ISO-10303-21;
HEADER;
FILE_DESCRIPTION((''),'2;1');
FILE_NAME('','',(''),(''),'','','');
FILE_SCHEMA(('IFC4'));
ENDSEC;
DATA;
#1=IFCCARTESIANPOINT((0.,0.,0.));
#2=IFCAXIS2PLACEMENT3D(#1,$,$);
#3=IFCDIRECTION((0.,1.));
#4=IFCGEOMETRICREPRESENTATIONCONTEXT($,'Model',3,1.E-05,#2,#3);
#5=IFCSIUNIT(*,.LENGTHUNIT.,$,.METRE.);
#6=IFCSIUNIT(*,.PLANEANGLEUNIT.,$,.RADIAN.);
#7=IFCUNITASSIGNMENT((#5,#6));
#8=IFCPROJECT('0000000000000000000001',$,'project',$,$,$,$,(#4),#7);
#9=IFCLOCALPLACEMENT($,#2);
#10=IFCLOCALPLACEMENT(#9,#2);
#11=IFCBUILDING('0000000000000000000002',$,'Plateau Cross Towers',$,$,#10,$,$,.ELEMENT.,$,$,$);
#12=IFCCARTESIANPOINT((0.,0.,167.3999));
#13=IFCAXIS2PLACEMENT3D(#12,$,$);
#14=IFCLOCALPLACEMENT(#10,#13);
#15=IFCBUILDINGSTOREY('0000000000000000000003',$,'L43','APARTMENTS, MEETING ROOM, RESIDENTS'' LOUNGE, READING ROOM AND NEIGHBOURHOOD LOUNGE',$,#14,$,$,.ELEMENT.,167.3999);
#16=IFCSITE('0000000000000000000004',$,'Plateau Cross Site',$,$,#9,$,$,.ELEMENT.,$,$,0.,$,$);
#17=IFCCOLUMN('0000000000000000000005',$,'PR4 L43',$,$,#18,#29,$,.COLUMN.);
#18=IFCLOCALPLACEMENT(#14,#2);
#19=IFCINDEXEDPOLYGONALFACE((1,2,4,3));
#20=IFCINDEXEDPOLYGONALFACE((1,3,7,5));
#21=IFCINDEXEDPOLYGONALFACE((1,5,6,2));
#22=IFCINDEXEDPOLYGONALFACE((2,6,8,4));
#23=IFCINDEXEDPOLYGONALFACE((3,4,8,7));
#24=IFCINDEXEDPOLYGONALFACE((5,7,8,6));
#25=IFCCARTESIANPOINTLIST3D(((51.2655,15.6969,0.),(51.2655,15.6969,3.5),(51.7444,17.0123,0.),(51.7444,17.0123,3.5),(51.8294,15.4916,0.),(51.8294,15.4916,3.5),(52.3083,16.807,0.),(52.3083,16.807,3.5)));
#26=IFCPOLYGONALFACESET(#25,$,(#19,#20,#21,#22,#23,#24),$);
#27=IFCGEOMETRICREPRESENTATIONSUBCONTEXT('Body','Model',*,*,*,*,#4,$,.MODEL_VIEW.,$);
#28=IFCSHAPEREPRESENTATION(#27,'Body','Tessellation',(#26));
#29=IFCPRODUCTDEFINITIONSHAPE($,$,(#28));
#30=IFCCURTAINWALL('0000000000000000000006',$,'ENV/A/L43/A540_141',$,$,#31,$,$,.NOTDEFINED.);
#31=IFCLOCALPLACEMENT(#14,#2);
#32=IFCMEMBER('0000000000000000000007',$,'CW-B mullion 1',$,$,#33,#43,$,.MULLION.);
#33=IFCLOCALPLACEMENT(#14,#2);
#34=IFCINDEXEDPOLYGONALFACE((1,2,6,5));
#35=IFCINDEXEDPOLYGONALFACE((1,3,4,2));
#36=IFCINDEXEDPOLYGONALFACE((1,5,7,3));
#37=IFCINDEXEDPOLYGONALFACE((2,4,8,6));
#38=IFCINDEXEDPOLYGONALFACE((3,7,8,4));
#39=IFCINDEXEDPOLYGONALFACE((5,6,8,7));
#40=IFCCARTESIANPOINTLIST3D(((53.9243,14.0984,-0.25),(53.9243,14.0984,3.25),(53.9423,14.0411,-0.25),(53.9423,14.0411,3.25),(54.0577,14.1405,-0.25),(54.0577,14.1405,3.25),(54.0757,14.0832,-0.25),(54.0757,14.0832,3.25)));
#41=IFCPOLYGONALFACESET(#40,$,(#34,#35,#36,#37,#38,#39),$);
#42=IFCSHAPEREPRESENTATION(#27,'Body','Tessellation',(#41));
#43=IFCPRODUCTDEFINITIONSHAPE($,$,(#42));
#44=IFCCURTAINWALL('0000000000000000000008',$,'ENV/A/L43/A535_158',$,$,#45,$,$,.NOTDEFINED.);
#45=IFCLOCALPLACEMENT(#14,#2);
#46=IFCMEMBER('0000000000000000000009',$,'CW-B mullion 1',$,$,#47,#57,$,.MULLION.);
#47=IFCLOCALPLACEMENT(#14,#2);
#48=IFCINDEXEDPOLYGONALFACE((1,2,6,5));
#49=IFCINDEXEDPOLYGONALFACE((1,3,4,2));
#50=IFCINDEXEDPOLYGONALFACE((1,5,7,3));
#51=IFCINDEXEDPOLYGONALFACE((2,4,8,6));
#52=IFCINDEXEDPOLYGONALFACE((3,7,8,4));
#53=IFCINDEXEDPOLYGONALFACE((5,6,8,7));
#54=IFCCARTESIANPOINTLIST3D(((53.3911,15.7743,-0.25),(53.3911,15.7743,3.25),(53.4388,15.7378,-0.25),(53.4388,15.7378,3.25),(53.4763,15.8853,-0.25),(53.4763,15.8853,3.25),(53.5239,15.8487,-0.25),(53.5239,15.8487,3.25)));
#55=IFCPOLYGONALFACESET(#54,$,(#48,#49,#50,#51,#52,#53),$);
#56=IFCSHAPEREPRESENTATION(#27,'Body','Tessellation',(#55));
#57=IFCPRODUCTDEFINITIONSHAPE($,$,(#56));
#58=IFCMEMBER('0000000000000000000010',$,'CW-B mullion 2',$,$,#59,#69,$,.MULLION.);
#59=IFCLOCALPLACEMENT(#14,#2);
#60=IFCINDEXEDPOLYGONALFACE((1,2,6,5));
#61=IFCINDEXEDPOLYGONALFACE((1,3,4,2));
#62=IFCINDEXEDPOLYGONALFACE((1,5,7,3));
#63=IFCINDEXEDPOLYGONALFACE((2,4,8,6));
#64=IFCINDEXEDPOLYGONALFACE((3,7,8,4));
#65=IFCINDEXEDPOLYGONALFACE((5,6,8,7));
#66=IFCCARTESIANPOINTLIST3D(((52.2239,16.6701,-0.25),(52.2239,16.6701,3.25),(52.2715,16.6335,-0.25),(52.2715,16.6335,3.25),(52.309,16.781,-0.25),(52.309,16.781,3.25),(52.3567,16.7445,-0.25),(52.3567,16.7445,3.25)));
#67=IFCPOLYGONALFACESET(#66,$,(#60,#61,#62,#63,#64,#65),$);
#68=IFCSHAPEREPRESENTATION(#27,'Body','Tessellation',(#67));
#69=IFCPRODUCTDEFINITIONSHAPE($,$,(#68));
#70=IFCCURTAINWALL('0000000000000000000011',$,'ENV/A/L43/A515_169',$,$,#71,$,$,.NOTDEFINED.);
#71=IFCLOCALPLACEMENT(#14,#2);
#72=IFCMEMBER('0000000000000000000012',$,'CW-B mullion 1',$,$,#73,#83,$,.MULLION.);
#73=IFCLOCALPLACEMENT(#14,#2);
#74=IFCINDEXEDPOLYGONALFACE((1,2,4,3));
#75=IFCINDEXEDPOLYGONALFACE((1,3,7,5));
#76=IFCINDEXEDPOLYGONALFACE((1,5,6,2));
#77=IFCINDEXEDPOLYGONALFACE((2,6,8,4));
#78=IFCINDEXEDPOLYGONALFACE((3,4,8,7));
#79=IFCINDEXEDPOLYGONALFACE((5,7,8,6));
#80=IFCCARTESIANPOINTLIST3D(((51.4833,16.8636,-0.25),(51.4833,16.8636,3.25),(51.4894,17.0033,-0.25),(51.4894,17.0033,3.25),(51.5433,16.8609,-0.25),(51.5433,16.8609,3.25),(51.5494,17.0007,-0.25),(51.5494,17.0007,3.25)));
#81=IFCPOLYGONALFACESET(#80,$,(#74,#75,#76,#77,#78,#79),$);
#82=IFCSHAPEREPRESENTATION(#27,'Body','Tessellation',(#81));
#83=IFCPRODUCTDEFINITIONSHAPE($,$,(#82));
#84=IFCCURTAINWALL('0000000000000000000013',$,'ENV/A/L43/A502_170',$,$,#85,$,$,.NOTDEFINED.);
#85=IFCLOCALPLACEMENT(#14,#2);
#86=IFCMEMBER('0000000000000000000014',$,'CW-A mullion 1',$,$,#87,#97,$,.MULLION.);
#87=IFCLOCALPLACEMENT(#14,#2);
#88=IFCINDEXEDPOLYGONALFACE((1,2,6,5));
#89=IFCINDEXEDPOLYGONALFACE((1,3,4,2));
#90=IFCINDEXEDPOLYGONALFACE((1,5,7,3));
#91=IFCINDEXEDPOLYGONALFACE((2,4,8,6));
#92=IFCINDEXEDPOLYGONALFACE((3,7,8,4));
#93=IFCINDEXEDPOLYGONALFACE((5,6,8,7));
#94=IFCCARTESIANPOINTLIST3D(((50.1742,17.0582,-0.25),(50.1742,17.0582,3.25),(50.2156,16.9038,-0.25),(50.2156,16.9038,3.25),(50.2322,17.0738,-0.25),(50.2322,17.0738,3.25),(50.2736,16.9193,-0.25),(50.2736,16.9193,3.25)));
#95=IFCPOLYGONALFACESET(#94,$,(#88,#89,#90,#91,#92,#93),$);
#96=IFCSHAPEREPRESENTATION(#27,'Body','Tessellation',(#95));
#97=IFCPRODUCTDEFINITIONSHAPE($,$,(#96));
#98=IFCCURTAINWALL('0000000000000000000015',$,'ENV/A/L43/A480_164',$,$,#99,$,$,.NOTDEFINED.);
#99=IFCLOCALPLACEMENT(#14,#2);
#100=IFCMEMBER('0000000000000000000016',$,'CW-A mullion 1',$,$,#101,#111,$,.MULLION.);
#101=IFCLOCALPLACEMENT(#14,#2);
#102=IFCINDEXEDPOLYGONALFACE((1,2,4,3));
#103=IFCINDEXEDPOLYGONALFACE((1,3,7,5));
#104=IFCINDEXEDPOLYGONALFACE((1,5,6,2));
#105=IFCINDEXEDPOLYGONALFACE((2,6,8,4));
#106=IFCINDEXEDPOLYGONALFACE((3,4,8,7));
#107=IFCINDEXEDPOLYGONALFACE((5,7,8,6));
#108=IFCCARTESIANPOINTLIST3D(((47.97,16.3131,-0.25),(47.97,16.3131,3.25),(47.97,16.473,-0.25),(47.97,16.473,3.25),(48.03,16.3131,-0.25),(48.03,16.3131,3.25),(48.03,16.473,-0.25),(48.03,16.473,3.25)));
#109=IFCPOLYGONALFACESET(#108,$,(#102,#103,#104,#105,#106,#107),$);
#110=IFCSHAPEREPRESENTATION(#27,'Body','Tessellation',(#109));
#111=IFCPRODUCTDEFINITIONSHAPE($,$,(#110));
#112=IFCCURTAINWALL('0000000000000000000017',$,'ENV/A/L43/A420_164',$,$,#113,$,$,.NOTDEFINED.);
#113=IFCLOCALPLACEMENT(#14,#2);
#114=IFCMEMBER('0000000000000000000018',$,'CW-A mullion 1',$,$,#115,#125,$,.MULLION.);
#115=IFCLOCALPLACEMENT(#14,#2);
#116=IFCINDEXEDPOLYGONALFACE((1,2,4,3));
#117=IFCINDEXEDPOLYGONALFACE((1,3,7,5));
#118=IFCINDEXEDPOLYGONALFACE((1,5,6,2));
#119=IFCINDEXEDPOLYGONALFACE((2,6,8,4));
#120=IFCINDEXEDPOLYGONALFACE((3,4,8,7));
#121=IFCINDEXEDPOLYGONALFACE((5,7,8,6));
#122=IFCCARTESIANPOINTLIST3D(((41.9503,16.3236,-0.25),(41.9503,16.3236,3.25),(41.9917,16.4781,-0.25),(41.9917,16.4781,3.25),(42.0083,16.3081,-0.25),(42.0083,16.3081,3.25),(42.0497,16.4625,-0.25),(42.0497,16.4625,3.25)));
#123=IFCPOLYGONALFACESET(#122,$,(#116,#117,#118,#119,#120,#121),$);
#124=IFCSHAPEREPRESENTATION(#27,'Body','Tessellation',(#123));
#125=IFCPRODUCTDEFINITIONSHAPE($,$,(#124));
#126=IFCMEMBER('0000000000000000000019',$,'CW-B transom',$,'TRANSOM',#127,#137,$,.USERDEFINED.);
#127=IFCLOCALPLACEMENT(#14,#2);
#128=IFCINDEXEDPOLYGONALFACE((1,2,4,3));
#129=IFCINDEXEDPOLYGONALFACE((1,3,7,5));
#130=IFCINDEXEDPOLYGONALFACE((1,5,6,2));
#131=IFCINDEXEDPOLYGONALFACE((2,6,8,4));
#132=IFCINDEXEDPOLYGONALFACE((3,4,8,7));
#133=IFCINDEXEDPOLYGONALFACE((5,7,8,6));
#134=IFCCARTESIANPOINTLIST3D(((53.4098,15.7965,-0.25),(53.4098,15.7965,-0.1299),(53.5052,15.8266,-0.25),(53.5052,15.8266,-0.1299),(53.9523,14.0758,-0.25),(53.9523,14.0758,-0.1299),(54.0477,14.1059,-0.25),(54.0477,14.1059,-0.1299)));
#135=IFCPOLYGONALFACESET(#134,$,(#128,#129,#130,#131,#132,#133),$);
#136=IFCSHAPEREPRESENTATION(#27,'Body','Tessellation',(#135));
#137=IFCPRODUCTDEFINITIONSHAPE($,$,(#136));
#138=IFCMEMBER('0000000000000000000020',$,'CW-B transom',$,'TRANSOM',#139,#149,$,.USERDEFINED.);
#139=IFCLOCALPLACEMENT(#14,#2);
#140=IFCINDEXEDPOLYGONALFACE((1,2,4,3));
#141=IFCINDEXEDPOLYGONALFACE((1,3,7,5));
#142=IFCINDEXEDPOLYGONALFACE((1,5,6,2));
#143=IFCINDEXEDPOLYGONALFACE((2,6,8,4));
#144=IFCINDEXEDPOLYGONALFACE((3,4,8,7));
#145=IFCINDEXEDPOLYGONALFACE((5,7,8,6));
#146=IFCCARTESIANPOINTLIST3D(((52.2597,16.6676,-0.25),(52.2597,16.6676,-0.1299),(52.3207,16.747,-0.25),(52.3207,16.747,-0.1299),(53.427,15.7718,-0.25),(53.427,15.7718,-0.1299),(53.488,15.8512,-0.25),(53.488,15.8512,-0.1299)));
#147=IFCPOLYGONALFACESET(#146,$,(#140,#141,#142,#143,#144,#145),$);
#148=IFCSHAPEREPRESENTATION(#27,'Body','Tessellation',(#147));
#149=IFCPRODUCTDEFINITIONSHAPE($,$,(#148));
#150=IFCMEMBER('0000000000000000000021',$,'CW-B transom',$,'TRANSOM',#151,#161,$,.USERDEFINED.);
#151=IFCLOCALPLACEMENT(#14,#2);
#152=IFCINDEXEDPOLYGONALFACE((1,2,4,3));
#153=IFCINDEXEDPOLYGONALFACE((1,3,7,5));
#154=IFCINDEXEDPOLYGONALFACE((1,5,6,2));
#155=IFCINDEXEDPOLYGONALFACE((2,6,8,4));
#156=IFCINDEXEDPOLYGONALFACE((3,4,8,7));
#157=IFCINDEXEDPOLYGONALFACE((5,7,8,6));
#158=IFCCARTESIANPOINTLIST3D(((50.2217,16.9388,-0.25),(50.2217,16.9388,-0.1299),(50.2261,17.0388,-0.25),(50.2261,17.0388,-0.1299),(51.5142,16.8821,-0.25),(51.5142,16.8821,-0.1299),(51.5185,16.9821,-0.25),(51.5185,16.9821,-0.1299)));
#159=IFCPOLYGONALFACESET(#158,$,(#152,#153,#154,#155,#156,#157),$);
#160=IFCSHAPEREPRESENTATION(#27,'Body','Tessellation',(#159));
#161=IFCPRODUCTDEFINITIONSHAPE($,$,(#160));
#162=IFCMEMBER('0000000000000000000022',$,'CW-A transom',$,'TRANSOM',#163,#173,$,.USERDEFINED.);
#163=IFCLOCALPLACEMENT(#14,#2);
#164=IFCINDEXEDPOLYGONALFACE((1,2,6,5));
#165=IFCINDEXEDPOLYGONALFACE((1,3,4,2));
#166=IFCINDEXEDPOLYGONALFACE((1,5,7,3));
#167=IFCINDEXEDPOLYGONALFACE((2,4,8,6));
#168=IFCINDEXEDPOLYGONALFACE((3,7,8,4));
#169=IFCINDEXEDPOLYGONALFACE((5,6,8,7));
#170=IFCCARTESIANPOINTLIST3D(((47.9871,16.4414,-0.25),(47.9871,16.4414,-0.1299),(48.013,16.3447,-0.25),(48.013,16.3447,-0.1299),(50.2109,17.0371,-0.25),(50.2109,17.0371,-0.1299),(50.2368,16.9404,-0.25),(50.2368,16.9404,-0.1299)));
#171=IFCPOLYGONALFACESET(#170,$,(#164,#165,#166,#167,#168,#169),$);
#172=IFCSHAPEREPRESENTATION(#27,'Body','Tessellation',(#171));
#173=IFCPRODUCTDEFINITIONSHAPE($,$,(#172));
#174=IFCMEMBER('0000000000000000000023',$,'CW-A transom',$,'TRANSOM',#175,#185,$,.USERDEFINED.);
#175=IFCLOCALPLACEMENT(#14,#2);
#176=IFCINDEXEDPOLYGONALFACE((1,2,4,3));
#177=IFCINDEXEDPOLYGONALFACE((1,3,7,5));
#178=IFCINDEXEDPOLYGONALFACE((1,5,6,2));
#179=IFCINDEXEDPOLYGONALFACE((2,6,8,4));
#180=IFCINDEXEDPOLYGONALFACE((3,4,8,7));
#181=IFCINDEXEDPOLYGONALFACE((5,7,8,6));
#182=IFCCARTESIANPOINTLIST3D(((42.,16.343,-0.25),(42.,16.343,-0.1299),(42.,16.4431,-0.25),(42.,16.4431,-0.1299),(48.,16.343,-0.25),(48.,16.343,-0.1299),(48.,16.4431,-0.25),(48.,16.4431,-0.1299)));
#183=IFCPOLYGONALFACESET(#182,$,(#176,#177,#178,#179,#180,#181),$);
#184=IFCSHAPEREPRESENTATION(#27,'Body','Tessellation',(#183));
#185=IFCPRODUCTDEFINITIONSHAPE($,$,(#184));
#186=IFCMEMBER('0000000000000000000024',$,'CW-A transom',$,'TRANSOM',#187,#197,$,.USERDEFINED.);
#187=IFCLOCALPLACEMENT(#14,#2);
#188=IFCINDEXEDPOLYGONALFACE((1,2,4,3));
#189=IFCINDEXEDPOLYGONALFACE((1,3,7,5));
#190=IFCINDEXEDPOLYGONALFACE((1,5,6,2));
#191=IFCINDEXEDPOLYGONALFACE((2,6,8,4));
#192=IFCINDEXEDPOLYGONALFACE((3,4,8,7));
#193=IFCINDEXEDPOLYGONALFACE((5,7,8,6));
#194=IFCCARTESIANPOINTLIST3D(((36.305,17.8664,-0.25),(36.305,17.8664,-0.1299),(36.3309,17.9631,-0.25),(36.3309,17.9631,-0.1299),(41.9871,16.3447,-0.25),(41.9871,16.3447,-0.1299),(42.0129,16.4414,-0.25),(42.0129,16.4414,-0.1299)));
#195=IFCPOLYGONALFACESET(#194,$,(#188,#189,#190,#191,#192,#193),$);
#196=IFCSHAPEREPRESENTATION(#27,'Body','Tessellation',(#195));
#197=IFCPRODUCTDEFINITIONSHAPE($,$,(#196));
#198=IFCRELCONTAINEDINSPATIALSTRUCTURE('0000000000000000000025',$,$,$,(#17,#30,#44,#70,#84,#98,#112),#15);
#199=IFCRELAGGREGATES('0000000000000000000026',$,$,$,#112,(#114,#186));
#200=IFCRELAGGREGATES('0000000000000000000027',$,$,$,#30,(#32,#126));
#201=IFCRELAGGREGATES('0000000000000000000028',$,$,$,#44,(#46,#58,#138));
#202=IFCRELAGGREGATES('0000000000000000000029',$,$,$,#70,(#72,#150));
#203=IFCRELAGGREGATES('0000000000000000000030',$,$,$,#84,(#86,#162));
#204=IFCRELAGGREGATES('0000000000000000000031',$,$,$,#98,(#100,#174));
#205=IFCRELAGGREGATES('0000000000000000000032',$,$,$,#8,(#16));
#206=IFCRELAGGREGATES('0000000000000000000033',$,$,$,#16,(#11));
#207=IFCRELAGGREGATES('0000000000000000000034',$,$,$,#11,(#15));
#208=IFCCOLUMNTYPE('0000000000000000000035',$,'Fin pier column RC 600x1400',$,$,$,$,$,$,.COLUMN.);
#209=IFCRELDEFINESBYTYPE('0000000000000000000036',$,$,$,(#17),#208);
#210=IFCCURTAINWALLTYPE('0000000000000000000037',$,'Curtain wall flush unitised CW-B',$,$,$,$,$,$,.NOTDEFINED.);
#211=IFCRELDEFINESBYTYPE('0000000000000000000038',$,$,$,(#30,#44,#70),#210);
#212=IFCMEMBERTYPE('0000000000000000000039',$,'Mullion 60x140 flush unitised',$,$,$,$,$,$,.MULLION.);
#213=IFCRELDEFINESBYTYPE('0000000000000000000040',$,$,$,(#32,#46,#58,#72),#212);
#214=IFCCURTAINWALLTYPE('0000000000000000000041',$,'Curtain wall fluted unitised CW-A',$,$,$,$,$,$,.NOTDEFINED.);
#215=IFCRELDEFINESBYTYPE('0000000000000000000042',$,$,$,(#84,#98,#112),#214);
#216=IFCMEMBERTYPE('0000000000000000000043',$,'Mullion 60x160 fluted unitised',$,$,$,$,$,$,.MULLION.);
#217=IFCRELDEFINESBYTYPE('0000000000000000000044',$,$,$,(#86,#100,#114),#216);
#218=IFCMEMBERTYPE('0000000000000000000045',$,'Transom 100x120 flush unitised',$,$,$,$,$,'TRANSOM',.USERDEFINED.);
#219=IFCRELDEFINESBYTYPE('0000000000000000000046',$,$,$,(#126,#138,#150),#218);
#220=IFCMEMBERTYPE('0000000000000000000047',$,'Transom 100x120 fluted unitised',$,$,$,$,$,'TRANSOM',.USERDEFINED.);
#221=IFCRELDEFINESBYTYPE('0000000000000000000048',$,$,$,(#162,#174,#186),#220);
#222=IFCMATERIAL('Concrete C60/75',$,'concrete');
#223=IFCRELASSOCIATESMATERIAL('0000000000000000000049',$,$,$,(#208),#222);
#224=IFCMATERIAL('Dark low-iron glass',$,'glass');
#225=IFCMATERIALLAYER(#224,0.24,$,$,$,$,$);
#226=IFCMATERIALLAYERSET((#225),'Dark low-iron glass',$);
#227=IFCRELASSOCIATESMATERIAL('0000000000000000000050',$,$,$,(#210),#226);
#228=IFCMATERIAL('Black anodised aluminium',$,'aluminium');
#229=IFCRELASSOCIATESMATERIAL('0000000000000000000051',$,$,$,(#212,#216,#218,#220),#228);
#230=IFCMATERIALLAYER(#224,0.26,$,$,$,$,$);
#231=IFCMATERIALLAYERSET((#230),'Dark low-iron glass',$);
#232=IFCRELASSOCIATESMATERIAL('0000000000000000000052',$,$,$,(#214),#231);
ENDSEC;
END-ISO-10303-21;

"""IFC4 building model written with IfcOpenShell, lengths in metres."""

from ifc_helpers import new_model, si_unit, direction, frame, origin, origin_2d, place, context, subcontext, project, spatial, rectangle, extrude, material, layer, layer_set, material_profile, profile_set, type_object, element, aggregate, save


model = new_model("IFC4")

# Units and contexts
model_context = context("Model", 3, precision=1e-05, world=origin(), true_north=direction((0.0, 1.0)))
body_context = subcontext(model_context, "Body", "Model", "MODEL_VIEW")
ifc_project = project(units=[si_unit("LENGTHUNIT", "METRE"), si_unit("PLANEANGLEUNIT", "RADIAN")], contexts=[model_context])

# Site, building, storey
site_placement = place(None, origin())
site = spatial("IfcSite", under=ifc_project, at=site_placement, Name="Plateau Cross Site", CompositionType="ELEMENT", RefElevation=0.0)
building_placement = place(site_placement, origin())
building = spatial("IfcBuilding", under=site, at=building_placement, Name="Plateau Cross Towers", CompositionType="ELEMENT")
storey_placement = place(building_placement, frame((0.0, 0.0, 167.3999)))
storey = spatial("IfcBuildingStorey", under=building, at=storey_placement, Name="L43", Description="APARTMENTS, MEETING ROOM, RESIDENTS' LOUNGE, READING ROOM AND NEIGHBOURHOOD LOUNGE", CompositionType="ELEMENT", Elevation=167.3999)

# Column
ifc_material_1 = material(Name="Concrete C60/75", Category="concrete")
ifc_material_profile_1 = material_profile(ifc_material_1, rectangle(XDim=0.6001, YDim=1.3999, at=origin_2d()), Name="RC 600x1400")
ifc_profile_set_1 = profile_set([ifc_material_profile_1], Name="Concrete C60/75")
column_type = type_object("IfcColumnType", Name="Fin pier column RC 600x1400", PredefinedType="COLUMN", material=ifc_profile_set_1)
column_placement = place(storey_placement, frame((51.7869, 16.252, 0.0), z_axis=(0.0, 0.0, 1.0), x_axis=(-0.939664, 0.342098, 0.0)))
element("IfcColumn", 1, at=column_placement, inside=storey, type_object=column_type, Name="PR4 L43", PredefinedType="COLUMN", context=body_context, shape_type="SweptSolid", body=[
    extrude(rectangle(XDim=0.6001, YDim=1.3999, at=origin_2d()), origin(), (0.0, 0.0, 1.0), 3.5),
])

# Curtain wall, member
ifc_material_2 = material(Name="Dark low-iron glass", Category="glass")
ifc_layer_1 = layer(ifc_material_2, 0.24)
ifc_layer_set_1 = layer_set([ifc_layer_1], Name="Dark low-iron glass")
curtain_wall_type_1 = type_object("IfcCurtainWallType", Name="Curtain wall flush unitised CW-B", PredefinedType="NOTDEFINED", material=ifc_layer_set_1)
curtain_wall_1_placement = place(storey_placement, origin())
curtain_wall_1 = element("IfcCurtainWall", 2, at=curtain_wall_1_placement, inside=storey, type_object=curtain_wall_type_1, Name="ENV/A/L43/A540_141", PredefinedType="NOTDEFINED")
ifc_material_3 = material(Name="Black anodised aluminium", Category="aluminium")
ifc_material_profile_2 = material_profile(ifc_material_3, rectangle(XDim=0.0601, YDim=0.1399, at=origin_2d()), Name="MULLION 60x140")
ifc_profile_set_2 = profile_set([ifc_material_profile_2], Name="Black anodised aluminium")
member_type_1 = type_object("IfcMemberType", Name="Mullion 60x140 flush unitised", PredefinedType="MULLION", material=ifc_profile_set_2)
member_1_placement = place(storey_placement, frame((54.0, 14.0908, -0.25), z_axis=(0.0, 0.0, 1.0), x_axis=(-0.300686, 0.953723, 0.0)))
member_1 = element("IfcMember", 3, at=member_1_placement, type_object=member_type_1, Name="CW-B mullion 1", PredefinedType="MULLION", context=body_context, shape_type="SweptSolid", body=[
    extrude(rectangle(XDim=0.0601, YDim=0.1399, at=origin_2d()), origin(), (0.0, 0.0, 1.0), 3.5),
])

# Curtain wall, members
curtain_wall_2_placement = place(storey_placement, origin())
curtain_wall_2 = element("IfcCurtainWall", 4, at=curtain_wall_2_placement, inside=storey, type_object=curtain_wall_type_1, Name="ENV/A/L43/A535_158", PredefinedType="NOTDEFINED")
member_2_placement = place(storey_placement, frame((53.4575, 15.8115, -0.25), z_axis=(0.0, 0.0, 1.0), x_axis=(-0.793316, 0.608811, 0.0)))
member_2 = element("IfcMember", 5, at=member_2_placement, type_object=member_type_1, Name="CW-B mullion 1", PredefinedType="MULLION", context=body_context, shape_type="SweptSolid", body=[
    extrude(rectangle(XDim=0.0601, YDim=0.1399, at=origin_2d()), origin(), (0.0, 0.0, 1.0), 3.5),
])
member_3_placement = place(storey_placement, frame((52.2903, 16.7073, -0.25), z_axis=(0.0, 0.0, 1.0), x_axis=(-0.793316, 0.608811, 0.0)))
member_3 = element("IfcMember", 6, at=member_3_placement, type_object=member_type_1, Name="CW-B mullion 2", PredefinedType="MULLION", context=body_context, shape_type="SweptSolid", body=[
    extrude(rectangle(XDim=0.0601, YDim=0.1399, at=origin_2d()), origin(), (0.0, 0.0, 1.0), 3.5),
])

# Curtain walls, members
curtain_wall_3_placement = place(storey_placement, origin())
curtain_wall_3 = element("IfcCurtainWall", 7, at=curtain_wall_3_placement, inside=storey, type_object=curtain_wall_type_1, Name="ENV/A/L43/A515_169", PredefinedType="NOTDEFINED")
member_4_placement = place(storey_placement, frame((51.5164, 16.9321, -0.25), z_axis=(0.0, 0.0, 1.0), x_axis=(-0.999044, 0.043723, 0.0)))
member_4 = element("IfcMember", 8, at=member_4_placement, type_object=member_type_1, Name="CW-B mullion 1", PredefinedType="MULLION", context=body_context, shape_type="SweptSolid", body=[
    extrude(rectangle(XDim=0.0601, YDim=0.1399, at=origin_2d()), origin(), (0.0, 0.0, 1.0), 3.5),
])
ifc_layer_2 = layer(ifc_material_2, 0.26)
ifc_layer_set_2 = layer_set([ifc_layer_2], Name="Dark low-iron glass")
curtain_wall_type_2 = type_object("IfcCurtainWallType", Name="Curtain wall fluted unitised CW-A", PredefinedType="NOTDEFINED", material=ifc_layer_set_2)
curtain_wall_4_placement = place(storey_placement, origin())
curtain_wall_4 = element("IfcCurtainWall", 9, at=curtain_wall_4_placement, inside=storey, type_object=curtain_wall_type_2, Name="ENV/A/L43/A502_170", PredefinedType="NOTDEFINED")
ifc_material_profile_3 = material_profile(ifc_material_3, rectangle(XDim=0.0601, YDim=0.1599, at=origin_2d()), Name="MULLION 60x160")
ifc_profile_set_3 = profile_set([ifc_material_profile_3], Name="Black anodised aluminium")
member_type_2 = type_object("IfcMemberType", Name="Mullion 60x160 fluted unitised", PredefinedType="MULLION", material=ifc_profile_set_3)
member_5_placement = place(storey_placement, frame((50.2239, 16.9888, -0.25), z_axis=(0.0, 0.0, 1.0), x_axis=(-0.965958, -0.258699, 0.0)))
member_5 = element("IfcMember", 10, at=member_5_placement, type_object=member_type_2, Name="CW-A mullion 1", PredefinedType="MULLION", context=body_context, shape_type="SweptSolid", body=[
    extrude(rectangle(XDim=0.0601, YDim=0.1599, at=origin_2d()), origin(), (0.0, 0.0, 1.0), 3.5),
])
curtain_wall_5_placement = place(storey_placement, origin())
curtain_wall_5 = element("IfcCurtainWall", 11, at=curtain_wall_5_placement, inside=storey, type_object=curtain_wall_type_2, Name="ENV/A/L43/A480_164", PredefinedType="NOTDEFINED")
member_6_placement = place(storey_placement, frame((48.0, 16.3931, -0.25), z_axis=(0.0, 0.0, 1.0), x_axis=(-1.0, 0.0, 0.0)))
member_6 = element("IfcMember", 12, at=member_6_placement, type_object=member_type_2, Name="CW-A mullion 1", PredefinedType="MULLION", context=body_context, shape_type="SweptSolid", body=[
    extrude(rectangle(XDim=0.0601, YDim=0.1599, at=origin_2d()), origin(), (0.0, 0.0, 1.0), 3.5),
])
curtain_wall_6_placement = place(storey_placement, origin())
curtain_wall_6 = element("IfcCurtainWall", 13, at=curtain_wall_6_placement, inside=storey, type_object=curtain_wall_type_2, Name="ENV/A/L43/A420_164", PredefinedType="NOTDEFINED")
member_7_placement = place(storey_placement, frame((42.0, 16.3931, -0.25), z_axis=(0.0, 0.0, 1.0), x_axis=(-0.965958, 0.258699, 0.0)))
member_7 = element("IfcMember", 14, at=member_7_placement, type_object=member_type_2, Name="CW-A mullion 1", PredefinedType="MULLION", context=body_context, shape_type="SweptSolid", body=[
    extrude(rectangle(XDim=0.0601, YDim=0.1599, at=origin_2d()), origin(), (0.0, 0.0, 1.0), 3.5),
])

# Members
ifc_material_profile_4 = material_profile(ifc_material_3, rectangle(XDim=0.1001, YDim=0.1201, at=origin_2d()), Name="TRANSOM 100x120")
ifc_profile_set_4 = profile_set([ifc_material_profile_4], Name="Black anodised aluminium")
member_type_3 = type_object("IfcMemberType", Name="Transom 100x120 flush unitised", ElementType="TRANSOM", PredefinedType="USERDEFINED", material=ifc_profile_set_4)
member_8_placement = place(storey_placement, frame((54.0, 14.0908, -0.1899), z_axis=(-0.300678, 0.953726, 0.0), x_axis=(-0.953726, -0.300678, 0.0)))
member_8 = element("IfcMember", 15, at=member_8_placement, type_object=member_type_3, Name="CW-B transom", ObjectType="TRANSOM", PredefinedType="USERDEFINED", context=body_context, shape_type="SweptSolid", body=[
    extrude(rectangle(XDim=0.1001, YDim=0.1201, at=origin_2d()), origin(), (0.0, 0.0, 1.0), 1.8042),
])
member_9_placement = place(storey_placement, frame((53.4575, 15.8115, -0.1899), z_axis=(-0.793321, 0.608804, 0.0), x_axis=(-0.608804, -0.793321, 0.0)))
member_9 = element("IfcMember", 16, at=member_9_placement, type_object=member_type_3, Name="CW-B transom", ObjectType="TRANSOM", PredefinedType="USERDEFINED", context=body_context, shape_type="SweptSolid", body=[
    extrude(rectangle(XDim=0.1001, YDim=0.1201, at=origin_2d()), origin(), (0.0, 0.0, 1.0), 1.4714),
])
member_10_placement = place(storey_placement, frame((51.5164, 16.9321, -0.1899), z_axis=(-0.999041, 0.043781, 0.0), x_axis=(-0.043781, -0.999041, 0.0)))
member_10 = element("IfcMember", 17, at=member_10_placement, type_object=member_type_3, Name="CW-B transom", ObjectType="TRANSOM", PredefinedType="USERDEFINED", context=body_context, shape_type="SweptSolid", body=[
    extrude(rectangle(XDim=0.1001, YDim=0.1201, at=origin_2d()), origin(), (0.0, 0.0, 1.0), 1.2937),
])
ifc_material_profile_5 = material_profile(ifc_material_3, rectangle(XDim=0.1001, YDim=0.1201, at=origin_2d()), Name="TRANSOM 100x120")
ifc_profile_set_5 = profile_set([ifc_material_profile_5], Name="Black anodised aluminium")
member_type_4 = type_object("IfcMemberType", Name="Transom 100x120 fluted unitised", ElementType="TRANSOM", PredefinedType="USERDEFINED", material=ifc_profile_set_5)
member_11_placement = place(storey_placement, frame((50.2239, 16.9888, -0.1899), z_axis=(-0.965946, -0.258745, 0.0), x_axis=(0.258745, -0.965946, 0.0)))
member_11 = element("IfcMember", 18, at=member_11_placement, type_object=member_type_4, Name="CW-A transom", ObjectType="TRANSOM", PredefinedType="USERDEFINED", context=body_context, shape_type="SweptSolid", body=[
    extrude(rectangle(XDim=0.1001, YDim=0.1201, at=origin_2d()), origin(), (0.0, 0.0, 1.0), 2.3022),
])
member_12_placement = place(storey_placement, frame((48.0, 16.3931, -0.1899), z_axis=(-1.0, 0.0, 0.0), x_axis=(0.0, -1.0, 0.0)))
member_12 = element("IfcMember", 19, at=member_12_placement, type_object=member_type_4, Name="CW-A transom", ObjectType="TRANSOM", PredefinedType="USERDEFINED", context=body_context, shape_type="SweptSolid", body=[
    extrude(rectangle(XDim=0.1001, YDim=0.1201, at=origin_2d()), origin(), (0.0, 0.0, 1.0), 6.0),
])
member_13_placement = place(storey_placement, frame((42.0, 16.3931, -0.1899), z_axis=(-0.96596, 0.258693, 0.0), x_axis=(-0.258693, -0.96596, 0.0)))
member_13 = element("IfcMember", 20, at=member_13_placement, type_object=member_type_4, Name="CW-A transom", ObjectType="TRANSOM", PredefinedType="USERDEFINED", context=body_context, shape_type="SweptSolid", body=[
    extrude(rectangle(XDim=0.1001, YDim=0.1201, at=origin_2d()), origin(), (0.0, 0.0, 1.0), 5.8823),
])
aggregate(curtain_wall_6, [member_7, member_13])

aggregate(curtain_wall_1, [member_1, member_8])
aggregate(curtain_wall_2, [member_2, member_3, member_9])
aggregate(curtain_wall_3, [member_4, member_10])
aggregate(curtain_wall_4, [member_5, member_11])
aggregate(curtain_wall_5, [member_6, member_12])

save(model, "model.ifc")
